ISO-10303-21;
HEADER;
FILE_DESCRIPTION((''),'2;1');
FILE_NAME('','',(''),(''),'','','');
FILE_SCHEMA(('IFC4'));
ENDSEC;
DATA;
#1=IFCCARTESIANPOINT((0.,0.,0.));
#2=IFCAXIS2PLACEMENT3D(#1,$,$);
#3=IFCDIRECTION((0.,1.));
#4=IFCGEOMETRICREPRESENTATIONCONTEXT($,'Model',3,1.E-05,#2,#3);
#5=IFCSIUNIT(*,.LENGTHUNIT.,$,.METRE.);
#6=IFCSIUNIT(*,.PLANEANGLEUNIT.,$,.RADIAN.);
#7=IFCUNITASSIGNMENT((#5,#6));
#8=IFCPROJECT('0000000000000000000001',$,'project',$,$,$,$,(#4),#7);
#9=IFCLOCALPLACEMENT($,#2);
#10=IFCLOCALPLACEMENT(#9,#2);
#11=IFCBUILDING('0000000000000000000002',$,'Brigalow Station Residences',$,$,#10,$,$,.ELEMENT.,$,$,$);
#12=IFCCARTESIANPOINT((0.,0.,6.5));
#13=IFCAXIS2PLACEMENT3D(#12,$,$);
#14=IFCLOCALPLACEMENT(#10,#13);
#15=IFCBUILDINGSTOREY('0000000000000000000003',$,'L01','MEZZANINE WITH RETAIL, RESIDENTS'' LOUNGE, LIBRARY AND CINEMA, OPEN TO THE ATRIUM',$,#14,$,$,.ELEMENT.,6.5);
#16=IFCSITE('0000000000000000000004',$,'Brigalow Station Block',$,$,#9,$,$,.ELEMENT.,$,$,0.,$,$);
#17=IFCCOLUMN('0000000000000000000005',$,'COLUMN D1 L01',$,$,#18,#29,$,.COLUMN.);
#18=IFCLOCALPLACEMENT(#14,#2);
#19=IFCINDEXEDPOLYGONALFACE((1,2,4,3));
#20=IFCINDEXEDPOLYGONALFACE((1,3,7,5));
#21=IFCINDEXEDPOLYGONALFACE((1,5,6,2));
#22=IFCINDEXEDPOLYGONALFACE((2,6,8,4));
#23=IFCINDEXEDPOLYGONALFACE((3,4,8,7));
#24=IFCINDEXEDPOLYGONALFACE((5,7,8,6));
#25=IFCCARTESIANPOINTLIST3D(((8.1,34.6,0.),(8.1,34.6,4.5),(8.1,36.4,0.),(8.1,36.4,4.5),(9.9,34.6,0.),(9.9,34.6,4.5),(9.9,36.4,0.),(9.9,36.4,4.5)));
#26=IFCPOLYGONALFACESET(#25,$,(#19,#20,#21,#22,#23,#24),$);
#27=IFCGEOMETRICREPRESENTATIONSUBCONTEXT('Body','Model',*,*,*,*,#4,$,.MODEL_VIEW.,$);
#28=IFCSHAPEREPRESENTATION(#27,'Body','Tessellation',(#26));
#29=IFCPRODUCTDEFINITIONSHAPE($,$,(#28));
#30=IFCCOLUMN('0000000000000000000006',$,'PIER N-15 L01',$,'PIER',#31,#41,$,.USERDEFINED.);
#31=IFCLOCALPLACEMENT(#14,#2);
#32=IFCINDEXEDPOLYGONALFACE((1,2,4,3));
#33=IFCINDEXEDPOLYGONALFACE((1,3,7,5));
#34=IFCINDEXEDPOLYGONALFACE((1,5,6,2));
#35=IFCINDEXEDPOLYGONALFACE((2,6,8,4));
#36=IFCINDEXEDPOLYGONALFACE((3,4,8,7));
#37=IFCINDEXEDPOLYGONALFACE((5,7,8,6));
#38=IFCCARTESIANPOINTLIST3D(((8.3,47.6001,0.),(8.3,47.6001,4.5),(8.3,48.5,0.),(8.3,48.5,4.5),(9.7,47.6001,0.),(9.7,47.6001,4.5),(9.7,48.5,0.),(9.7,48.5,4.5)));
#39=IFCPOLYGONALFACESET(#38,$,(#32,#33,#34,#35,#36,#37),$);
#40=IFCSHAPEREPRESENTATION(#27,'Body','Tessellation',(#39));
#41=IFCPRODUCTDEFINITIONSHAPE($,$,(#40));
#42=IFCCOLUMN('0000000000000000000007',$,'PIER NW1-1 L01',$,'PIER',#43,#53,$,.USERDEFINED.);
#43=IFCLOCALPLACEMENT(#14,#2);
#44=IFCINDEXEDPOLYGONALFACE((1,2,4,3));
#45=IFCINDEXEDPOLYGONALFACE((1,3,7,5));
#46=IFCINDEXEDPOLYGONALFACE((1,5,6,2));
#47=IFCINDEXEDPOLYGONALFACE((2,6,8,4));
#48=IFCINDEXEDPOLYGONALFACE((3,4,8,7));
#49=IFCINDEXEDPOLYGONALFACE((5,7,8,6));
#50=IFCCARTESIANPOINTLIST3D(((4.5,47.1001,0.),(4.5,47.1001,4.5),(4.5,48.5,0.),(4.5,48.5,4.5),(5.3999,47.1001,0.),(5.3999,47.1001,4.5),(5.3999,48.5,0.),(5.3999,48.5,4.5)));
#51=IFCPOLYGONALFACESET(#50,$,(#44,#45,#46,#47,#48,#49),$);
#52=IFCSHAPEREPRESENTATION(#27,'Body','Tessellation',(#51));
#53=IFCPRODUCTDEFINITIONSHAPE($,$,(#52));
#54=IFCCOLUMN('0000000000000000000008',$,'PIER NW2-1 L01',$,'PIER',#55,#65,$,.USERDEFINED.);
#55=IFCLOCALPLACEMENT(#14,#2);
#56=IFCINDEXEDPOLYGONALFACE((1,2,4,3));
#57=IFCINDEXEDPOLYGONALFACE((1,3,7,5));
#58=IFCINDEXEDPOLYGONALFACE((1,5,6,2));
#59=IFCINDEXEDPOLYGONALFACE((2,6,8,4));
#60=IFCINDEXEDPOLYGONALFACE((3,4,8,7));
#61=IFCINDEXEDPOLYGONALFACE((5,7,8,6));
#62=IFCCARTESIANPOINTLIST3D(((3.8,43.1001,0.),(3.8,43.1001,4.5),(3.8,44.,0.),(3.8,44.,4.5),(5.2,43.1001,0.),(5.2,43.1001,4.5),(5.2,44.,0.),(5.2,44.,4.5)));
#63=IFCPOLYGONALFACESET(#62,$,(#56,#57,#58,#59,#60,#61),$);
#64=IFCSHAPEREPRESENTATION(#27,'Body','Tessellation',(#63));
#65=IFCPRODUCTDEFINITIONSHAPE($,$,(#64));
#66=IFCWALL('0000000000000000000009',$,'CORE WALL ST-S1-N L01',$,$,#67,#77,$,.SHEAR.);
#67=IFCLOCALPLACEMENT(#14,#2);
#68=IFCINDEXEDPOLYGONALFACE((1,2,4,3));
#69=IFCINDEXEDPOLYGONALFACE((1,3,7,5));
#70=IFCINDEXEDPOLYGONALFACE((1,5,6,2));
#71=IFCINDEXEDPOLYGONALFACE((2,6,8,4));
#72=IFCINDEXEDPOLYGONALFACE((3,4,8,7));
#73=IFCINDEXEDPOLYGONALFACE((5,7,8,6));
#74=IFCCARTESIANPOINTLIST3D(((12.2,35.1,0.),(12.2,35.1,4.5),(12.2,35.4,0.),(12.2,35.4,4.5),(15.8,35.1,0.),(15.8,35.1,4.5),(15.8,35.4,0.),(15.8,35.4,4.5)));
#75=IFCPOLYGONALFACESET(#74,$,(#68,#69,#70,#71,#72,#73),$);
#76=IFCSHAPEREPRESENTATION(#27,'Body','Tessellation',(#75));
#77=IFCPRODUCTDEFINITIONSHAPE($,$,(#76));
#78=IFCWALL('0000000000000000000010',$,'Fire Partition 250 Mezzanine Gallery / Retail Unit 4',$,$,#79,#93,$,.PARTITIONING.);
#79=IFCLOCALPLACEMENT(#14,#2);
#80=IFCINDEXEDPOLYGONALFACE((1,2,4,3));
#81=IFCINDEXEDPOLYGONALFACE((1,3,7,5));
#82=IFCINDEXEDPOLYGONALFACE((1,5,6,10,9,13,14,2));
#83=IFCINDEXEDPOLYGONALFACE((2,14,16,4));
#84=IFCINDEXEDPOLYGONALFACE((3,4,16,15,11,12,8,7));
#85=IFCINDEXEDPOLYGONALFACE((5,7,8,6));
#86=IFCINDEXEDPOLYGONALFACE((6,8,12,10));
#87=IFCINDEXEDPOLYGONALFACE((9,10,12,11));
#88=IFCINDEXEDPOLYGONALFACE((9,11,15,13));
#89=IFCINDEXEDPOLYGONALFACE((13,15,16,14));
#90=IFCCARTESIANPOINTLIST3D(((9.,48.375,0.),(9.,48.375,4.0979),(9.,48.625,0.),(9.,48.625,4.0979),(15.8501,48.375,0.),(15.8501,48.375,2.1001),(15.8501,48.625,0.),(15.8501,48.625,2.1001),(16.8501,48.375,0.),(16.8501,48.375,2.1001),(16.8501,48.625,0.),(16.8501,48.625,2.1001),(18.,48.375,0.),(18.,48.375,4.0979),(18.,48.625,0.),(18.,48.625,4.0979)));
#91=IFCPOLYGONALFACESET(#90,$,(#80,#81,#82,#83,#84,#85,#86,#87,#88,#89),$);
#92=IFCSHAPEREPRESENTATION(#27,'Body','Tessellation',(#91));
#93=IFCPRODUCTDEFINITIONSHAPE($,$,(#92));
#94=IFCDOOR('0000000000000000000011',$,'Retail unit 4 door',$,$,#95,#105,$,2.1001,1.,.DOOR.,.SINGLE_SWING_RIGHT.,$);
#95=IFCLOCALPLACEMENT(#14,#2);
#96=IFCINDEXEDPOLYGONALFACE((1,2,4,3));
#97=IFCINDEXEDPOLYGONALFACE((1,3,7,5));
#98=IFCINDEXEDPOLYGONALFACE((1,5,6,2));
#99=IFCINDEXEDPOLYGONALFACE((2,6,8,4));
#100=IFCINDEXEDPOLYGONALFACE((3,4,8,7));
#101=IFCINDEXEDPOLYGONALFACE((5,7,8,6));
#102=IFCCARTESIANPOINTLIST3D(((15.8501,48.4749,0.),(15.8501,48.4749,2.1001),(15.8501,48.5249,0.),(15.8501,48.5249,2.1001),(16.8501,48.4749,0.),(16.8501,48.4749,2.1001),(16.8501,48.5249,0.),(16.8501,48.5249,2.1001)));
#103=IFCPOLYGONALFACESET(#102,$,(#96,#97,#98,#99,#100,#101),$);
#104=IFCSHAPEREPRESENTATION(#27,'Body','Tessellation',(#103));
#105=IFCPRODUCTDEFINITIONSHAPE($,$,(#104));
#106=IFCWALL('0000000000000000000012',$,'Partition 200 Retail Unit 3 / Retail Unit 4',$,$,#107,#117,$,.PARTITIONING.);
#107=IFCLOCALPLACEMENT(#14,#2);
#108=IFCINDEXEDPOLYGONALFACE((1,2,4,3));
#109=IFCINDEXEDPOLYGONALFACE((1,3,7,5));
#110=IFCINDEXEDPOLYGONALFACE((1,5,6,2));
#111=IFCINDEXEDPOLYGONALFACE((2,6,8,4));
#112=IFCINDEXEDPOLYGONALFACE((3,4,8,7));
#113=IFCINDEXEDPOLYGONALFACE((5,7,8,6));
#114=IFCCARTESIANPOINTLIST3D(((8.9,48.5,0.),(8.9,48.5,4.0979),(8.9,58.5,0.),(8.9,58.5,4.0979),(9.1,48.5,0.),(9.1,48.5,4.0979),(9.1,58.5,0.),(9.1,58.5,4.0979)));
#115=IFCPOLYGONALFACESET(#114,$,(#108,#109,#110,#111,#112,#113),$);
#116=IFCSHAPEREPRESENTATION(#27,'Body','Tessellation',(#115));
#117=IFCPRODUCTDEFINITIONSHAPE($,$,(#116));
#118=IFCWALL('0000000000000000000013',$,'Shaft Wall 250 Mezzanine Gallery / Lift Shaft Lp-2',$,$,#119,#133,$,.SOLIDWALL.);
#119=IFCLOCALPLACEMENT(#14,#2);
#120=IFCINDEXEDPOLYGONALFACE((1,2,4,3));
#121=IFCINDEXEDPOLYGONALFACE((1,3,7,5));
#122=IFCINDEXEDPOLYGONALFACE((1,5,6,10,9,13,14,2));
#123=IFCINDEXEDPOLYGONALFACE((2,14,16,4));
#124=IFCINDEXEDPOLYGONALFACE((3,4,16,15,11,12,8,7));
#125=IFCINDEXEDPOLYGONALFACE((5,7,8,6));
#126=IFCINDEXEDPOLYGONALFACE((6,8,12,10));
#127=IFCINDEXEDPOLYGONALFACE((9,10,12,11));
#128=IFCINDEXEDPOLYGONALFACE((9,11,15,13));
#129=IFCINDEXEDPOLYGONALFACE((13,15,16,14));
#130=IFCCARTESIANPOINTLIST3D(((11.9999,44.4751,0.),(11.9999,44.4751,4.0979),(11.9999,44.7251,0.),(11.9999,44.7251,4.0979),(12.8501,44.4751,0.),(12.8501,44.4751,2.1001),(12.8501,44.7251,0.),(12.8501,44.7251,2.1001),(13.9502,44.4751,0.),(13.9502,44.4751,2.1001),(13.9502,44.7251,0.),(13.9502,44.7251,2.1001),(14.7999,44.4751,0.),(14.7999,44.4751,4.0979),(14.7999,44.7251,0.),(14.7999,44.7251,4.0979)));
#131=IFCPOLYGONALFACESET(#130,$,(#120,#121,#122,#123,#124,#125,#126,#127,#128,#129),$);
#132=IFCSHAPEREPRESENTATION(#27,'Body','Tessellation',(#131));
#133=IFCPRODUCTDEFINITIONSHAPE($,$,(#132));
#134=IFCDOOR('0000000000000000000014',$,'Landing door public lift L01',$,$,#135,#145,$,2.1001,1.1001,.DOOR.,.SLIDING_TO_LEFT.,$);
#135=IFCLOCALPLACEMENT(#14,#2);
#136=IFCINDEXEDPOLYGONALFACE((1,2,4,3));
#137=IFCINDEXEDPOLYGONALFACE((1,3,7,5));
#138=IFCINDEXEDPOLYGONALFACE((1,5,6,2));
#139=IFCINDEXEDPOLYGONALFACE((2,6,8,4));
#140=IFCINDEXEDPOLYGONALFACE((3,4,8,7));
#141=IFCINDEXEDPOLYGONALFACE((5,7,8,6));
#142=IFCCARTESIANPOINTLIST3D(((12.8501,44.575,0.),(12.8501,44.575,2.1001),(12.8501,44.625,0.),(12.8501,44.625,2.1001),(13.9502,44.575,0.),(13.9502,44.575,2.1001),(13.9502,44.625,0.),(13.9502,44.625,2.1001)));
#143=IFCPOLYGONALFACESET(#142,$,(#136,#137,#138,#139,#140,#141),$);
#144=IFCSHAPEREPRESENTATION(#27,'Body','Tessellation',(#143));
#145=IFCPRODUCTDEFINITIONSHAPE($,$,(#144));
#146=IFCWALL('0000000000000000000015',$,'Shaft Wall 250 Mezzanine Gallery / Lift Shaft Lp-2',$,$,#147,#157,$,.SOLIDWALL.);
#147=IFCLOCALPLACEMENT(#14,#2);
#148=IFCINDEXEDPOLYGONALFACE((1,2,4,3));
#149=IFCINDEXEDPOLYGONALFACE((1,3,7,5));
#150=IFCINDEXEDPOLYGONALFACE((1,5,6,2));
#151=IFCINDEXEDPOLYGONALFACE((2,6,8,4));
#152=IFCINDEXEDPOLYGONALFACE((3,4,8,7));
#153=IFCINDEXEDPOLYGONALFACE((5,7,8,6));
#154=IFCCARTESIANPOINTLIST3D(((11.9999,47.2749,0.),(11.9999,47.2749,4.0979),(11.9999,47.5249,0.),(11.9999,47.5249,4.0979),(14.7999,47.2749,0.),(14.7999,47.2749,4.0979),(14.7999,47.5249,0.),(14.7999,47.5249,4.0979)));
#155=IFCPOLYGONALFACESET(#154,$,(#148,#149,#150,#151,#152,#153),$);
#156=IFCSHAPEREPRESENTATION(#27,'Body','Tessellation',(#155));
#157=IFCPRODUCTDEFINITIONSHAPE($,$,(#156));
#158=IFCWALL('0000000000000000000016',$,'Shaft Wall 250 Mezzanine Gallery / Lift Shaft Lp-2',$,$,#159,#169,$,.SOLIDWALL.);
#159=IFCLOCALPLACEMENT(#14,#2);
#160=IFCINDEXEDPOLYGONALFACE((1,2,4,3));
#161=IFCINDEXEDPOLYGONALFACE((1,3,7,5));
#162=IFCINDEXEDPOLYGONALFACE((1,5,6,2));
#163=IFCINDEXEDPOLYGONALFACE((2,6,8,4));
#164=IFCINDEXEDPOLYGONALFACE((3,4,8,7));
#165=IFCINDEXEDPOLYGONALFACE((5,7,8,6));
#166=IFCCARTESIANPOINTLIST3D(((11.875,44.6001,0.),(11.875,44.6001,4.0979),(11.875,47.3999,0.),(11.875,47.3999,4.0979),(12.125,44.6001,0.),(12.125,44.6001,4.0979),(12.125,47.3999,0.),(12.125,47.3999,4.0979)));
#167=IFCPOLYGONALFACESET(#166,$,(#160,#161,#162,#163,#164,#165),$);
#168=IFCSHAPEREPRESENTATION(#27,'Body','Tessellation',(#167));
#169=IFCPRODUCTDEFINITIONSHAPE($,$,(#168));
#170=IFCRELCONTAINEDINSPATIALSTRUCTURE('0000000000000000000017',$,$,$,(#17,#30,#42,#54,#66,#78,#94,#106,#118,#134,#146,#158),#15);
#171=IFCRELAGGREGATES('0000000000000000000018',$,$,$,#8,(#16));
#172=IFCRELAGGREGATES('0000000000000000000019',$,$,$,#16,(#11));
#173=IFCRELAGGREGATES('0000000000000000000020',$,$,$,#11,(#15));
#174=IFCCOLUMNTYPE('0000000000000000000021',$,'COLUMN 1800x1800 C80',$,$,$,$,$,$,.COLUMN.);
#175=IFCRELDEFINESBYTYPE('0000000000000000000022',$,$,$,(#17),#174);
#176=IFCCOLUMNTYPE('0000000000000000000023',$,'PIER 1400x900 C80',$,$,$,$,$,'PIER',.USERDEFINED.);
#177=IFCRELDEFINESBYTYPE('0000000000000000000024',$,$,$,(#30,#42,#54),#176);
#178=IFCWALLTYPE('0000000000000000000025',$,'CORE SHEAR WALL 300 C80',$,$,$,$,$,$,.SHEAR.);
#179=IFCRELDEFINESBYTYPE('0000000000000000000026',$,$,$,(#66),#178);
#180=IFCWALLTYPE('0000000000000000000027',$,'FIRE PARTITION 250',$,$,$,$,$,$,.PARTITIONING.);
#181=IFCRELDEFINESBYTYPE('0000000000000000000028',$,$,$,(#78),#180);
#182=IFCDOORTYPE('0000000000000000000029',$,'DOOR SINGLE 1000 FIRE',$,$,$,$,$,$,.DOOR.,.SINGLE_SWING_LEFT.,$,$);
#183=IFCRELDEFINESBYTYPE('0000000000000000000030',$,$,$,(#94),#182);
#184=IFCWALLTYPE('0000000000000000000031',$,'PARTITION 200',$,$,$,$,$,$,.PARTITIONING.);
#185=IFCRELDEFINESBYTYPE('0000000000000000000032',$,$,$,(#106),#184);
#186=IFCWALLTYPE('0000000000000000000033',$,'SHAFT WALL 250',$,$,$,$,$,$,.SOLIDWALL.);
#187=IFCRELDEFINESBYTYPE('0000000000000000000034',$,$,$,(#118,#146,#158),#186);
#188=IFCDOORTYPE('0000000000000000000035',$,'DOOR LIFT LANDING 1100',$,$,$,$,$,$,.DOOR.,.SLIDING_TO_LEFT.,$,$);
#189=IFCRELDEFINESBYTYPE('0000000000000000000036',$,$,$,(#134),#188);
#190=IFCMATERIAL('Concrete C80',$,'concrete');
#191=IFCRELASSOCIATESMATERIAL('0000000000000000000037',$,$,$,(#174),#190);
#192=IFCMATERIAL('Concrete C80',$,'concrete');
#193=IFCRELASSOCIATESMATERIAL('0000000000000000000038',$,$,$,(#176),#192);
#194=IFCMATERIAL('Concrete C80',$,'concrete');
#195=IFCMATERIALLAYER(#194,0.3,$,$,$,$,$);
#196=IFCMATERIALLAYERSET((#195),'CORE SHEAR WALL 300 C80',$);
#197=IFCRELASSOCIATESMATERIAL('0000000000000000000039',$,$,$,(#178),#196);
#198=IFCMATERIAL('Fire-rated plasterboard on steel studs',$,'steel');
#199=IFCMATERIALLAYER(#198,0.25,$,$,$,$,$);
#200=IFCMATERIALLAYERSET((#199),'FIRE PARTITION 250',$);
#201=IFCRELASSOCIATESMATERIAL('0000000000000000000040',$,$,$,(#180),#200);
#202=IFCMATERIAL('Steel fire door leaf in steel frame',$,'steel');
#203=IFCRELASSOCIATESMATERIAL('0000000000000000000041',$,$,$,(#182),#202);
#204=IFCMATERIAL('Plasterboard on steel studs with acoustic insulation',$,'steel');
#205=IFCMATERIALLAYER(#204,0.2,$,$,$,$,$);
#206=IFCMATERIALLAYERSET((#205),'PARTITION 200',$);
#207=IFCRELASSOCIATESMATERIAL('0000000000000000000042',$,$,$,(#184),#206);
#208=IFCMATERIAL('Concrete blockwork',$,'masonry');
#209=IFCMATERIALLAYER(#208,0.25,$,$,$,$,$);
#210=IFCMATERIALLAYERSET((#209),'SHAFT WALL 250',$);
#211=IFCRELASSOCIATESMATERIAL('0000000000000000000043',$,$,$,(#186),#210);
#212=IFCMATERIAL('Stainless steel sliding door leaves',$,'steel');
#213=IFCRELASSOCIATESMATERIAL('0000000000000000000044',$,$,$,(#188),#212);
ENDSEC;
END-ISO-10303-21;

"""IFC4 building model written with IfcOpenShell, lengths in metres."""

from ifc_helpers import new_model, si_unit, direction, frame, frame_2d, origin, origin_2d, place, context, subcontext, project, spatial, rectangle, extrude, material, layer, layer_set, material_profile, profile_set, type_object, element, fill, save


model = new_model("IFC4")

# Units and contexts
model_context = context("Model", 3, precision=1e-05, world=origin(), true_north=direction((0.0, 1.0)))
body_context = subcontext(model_context, "Body", "Model", "MODEL_VIEW")
ifc_project = project(units=[si_unit("LENGTHUNIT", "METRE"), si_unit("PLANEANGLEUNIT", "RADIAN")], contexts=[model_context])

# Site, building, storey
site_placement = place(None, origin())
site = spatial("IfcSite", under=ifc_project, at=site_placement, Name="Brigalow Station Block", CompositionType="ELEMENT", RefElevation=0.0)
building_placement = place(site_placement, origin())
building = spatial("IfcBuilding", under=site, at=building_placement, Name="Brigalow Station Residences", CompositionType="ELEMENT")
storey_placement = place(building_placement, frame((0.0, 0.0, 6.5)))
storey = spatial("IfcBuildingStorey", under=building, at=storey_placement, Name="L01", Description="MEZZANINE WITH RETAIL, RESIDENTS' LOUNGE, LIBRARY AND CINEMA, OPEN TO THE ATRIUM", CompositionType="ELEMENT", Elevation=6.5)

# Columns
ifc_material_1 = material(Name="Concrete C80", Category="concrete")
ifc_material_profile_1 = material_profile(ifc_material_1, rectangle(XDim=1.8, YDim=1.8, at=origin_2d()), Name="RC1800x1800")
ifc_profile_set_1 = profile_set([ifc_material_profile_1], Name="Concrete C80")
column_type_1 = type_object("IfcColumnType", Name="COLUMN 1800x1800 C80", PredefinedType="COLUMN", material=ifc_profile_set_1)
column_placement = place(storey_placement, frame((9.0, 35.5, 0.0), z_axis=(0.0, 0.0, 1.0), x_axis=(1.0, 0.0, 0.0)))
element("IfcColumn", 1, at=column_placement, inside=storey, type_object=column_type_1, Name="COLUMN D1 L01", PredefinedType="COLUMN", context=body_context, shape_type="SweptSolid", body=[
    extrude(rectangle(XDim=1.8, YDim=1.8, at=origin_2d()), origin(), (0.0, 0.0, 1.0), 4.5),
])
ifc_material_2 = material(Name="Concrete C80", Category="concrete")
ifc_material_profile_2 = material_profile(ifc_material_2, rectangle(XDim=1.3999, YDim=0.8999, at=origin_2d()), Name="RC1400x900")
ifc_profile_set_2 = profile_set([ifc_material_profile_2], Name="Concrete C80")
column_type_2 = type_object("IfcColumnType", Name="PIER 1400x900 C80", ElementType="PIER", PredefinedType="USERDEFINED", material=ifc_profile_set_2)
for number, where, z_axis, x_axis, name in (
    (2, (9.0, 48.05, 0.0), (0.0, 0.0, 1.0), (-1.0, 0.0, 0.0), "PIER N-15 L01"),
    (3, (4.95, 47.8, 0.0), (0.0, 0.0, 1.0), (0.0, -1.0, 0.0), "PIER NW1-1 L01"),
    (4, (4.5, 43.55, 0.0), (0.0, 0.0, 1.0), (-1.0, 0.0, 0.0), "PIER NW2-1 L01"),
):
    element("IfcColumn", number, at=place(storey_placement, frame(where, z_axis=z_axis, x_axis=x_axis)), inside=storey, type_object=column_type_2, Name=name, ObjectType="PIER", PredefinedType="USERDEFINED", context=body_context, shape_type="SweptSolid", body=[
        extrude(rectangle(XDim=1.3999, YDim=0.8999, at=origin_2d()), origin(), (0.0, 0.0, 1.0), 4.5),
    ])

# Wall
ifc_material_3 = material(Name="Concrete C80", Category="concrete")
ifc_layer_1 = layer(ifc_material_3, 0.3)
ifc_layer_set_1 = layer_set([ifc_layer_1], Name="CORE SHEAR WALL 300 C80")
wall_type_1 = type_object("IfcWallType", Name="CORE SHEAR WALL 300 C80", PredefinedType="SHEAR", material=ifc_layer_set_1)
wall_1_placement = place(storey_placement, frame((12.2, 35.25, 0.0), z_axis=(0.0, 0.0, 1.0), x_axis=(1.0, 0.0, 0.0)))
element("IfcWall", 5, at=wall_1_placement, inside=storey, type_object=wall_type_1, Name="CORE WALL ST-S1-N L01", PredefinedType="SHEAR", context=body_context, shape_type="SweptSolid", body=[
    extrude(rectangle(XDim=3.6001, YDim=0.3, at=frame_2d((1.8, 0.0))), origin(), (0.0, 0.0, 1.0), 4.5),
])

# Wall, opening, door
ifc_material_4 = material(Name="Fire-rated plasterboard on steel studs", Category="steel")
ifc_layer_2 = layer(ifc_material_4, 0.25)
ifc_layer_set_2 = layer_set([ifc_layer_2], Name="FIRE PARTITION 250")
wall_type_2 = type_object("IfcWallType", Name="FIRE PARTITION 250", PredefinedType="PARTITIONING", material=ifc_layer_set_2)
wall_2_placement = place(storey_placement, frame((9.0, 48.5, 0.0), z_axis=(0.0, 0.0, 1.0), x_axis=(1.0, 0.0, 0.0)))
wall_2 = element("IfcWall", 6, at=wall_2_placement, inside=storey, type_object=wall_type_2, Name="Fire Partition 250 Mezzanine Gallery / Retail Unit 4", PredefinedType="PARTITIONING", context=body_context, shape_type="SweptSolid", body=[
    extrude(rectangle(XDim=9.0, YDim=0.25, at=frame_2d((4.5, 0.0))), origin(), (0.0, 0.0, 1.0), 4.0979),
])
opening_1_placement = place(wall_2_placement, frame((6.8501, 0.0, 0.0)))
opening_1 = element("IfcOpeningElement", 7, at=opening_1_placement, cuts=wall_2, PredefinedType="OPENING", context=body_context, shape_type="SweptSolid", body=[
    extrude(rectangle(XDim=1.0, YDim=2.1001, at=frame_2d((0.5, 1.05))), frame((0.0, 0.135, 0.0), z_axis=(0.0, -1.0, 0.0), x_axis=(1.0, 0.0, 0.0)), (0.0, 0.0, 1.0), 0.27),
])
ifc_material_5 = material(Name="Steel fire door leaf in steel frame", Category="steel")
door_type_1 = type_object("IfcDoorType", Name="DOOR SINGLE 1000 FIRE", OperationType="SINGLE_SWING_LEFT", PredefinedType="DOOR", material=ifc_material_5)
door_1_placement = place(opening_1_placement, origin())
door_1 = element("IfcDoor", 8, at=door_1_placement, inside=storey, type_object=door_type_1, Name="Retail unit 4 door", OperationType="SINGLE_SWING_RIGHT", OverallHeight=2.1001, OverallWidth=1.0, PredefinedType="DOOR", context=body_context, shape_type="SweptSolid", body=[
    extrude(rectangle(XDim=1.0, YDim=2.1001, at=frame_2d((0.5, 1.05))), frame((0.0, 0.0249, 0.0), z_axis=(0.0, -1.0, 0.0), x_axis=(1.0, 0.0, 0.0)), (0.0, 0.0, 1.0), 0.05),
])
fill(opening_1, door_1)

# Wall
ifc_material_6 = material(Name="Plasterboard on steel studs with acoustic insulation", Category="steel")
ifc_layer_3 = layer(ifc_material_6, 0.2)
ifc_layer_set_3 = layer_set([ifc_layer_3], Name="PARTITION 200")
wall_type_3 = type_object("IfcWallType", Name="PARTITION 200", PredefinedType="PARTITIONING", material=ifc_layer_set_3)
wall_3_placement = place(storey_placement, frame((9.0, 48.5, 0.0), z_axis=(0.0, 0.0, 1.0), x_axis=(0.0, 1.0, 0.0)))
element("IfcWall", 9, at=wall_3_placement, inside=storey, type_object=wall_type_3, Name="Partition 200 Retail Unit 3 / Retail Unit 4", PredefinedType="PARTITIONING", context=body_context, shape_type="SweptSolid", body=[
    extrude(rectangle(XDim=10.0, YDim=0.2, at=frame_2d((5.0, 0.0))), origin(), (0.0, 0.0, 1.0), 4.0979),
])

# Wall, opening, door
ifc_material_7 = material(Name="Concrete blockwork", Category="masonry")
ifc_layer_4 = layer(ifc_material_7, 0.25)
ifc_layer_set_4 = layer_set([ifc_layer_4], Name="SHAFT WALL 250")
wall_type_4 = type_object("IfcWallType", Name="SHAFT WALL 250", PredefinedType="SOLIDWALL", material=ifc_layer_set_4)
wall_4_placement = place(storey_placement, frame((12.0, 44.6001, 0.0), z_axis=(0.0, 0.0, 1.0), x_axis=(1.0, 0.0, 0.0)))
wall_4 = element("IfcWall", 10, at=wall_4_placement, inside=storey, type_object=wall_type_4, Name="Shaft Wall 250 Mezzanine Gallery / Lift Shaft Lp-2", PredefinedType="SOLIDWALL", context=body_context, shape_type="SweptSolid", body=[
    extrude(rectangle(XDim=2.8, YDim=0.25, at=frame_2d((1.3999, 0.0))), origin(), (0.0, 0.0, 1.0), 4.0979),
])
opening_2_placement = place(wall_4_placement, frame((0.8501, 0.0, 0.0)))
opening_2 = element("IfcOpeningElement", 11, at=opening_2_placement, cuts=wall_4, PredefinedType="OPENING", context=body_context, shape_type="SweptSolid", body=[
    extrude(rectangle(XDim=1.1001, YDim=2.1001, at=frame_2d((0.55, 1.05))), frame((0.0, 0.135, 0.0), z_axis=(0.0, -1.0, 0.0), x_axis=(1.0, 0.0, 0.0)), (0.0, 0.0, 1.0), 0.27),
])
ifc_material_8 = material(Name="Stainless steel sliding door leaves", Category="steel")
door_type_2 = type_object("IfcDoorType", Name="DOOR LIFT LANDING 1100", OperationType="SLIDING_TO_LEFT", PredefinedType="DOOR", material=ifc_material_8)
door_2_placement = place(opening_2_placement, origin())
door_2 = element("IfcDoor", 12, at=door_2_placement, inside=storey, type_object=door_type_2, Name="Landing door public lift L01", OperationType="SLIDING_TO_LEFT", OverallHeight=2.1001, OverallWidth=1.1001, PredefinedType="DOOR", context=body_context, shape_type="SweptSolid", body=[
    extrude(rectangle(XDim=1.1001, YDim=2.1001, at=frame_2d((0.55, 1.05))), frame((0.0, 0.0249, 0.0), z_axis=(0.0, -1.0, 0.0), x_axis=(1.0, 0.0, 0.0)), (0.0, 0.0, 1.0), 0.05),
])
fill(opening_2, door_2)

# Walls
wall_5_placement = place(storey_placement, frame((12.0, 47.3999, 0.0), z_axis=(0.0, 0.0, 1.0), x_axis=(1.0, 0.0, 0.0)))
element("IfcWall", 13, at=wall_5_placement, inside=storey, type_object=wall_type_4, Name="Shaft Wall 250 Mezzanine Gallery / Lift Shaft Lp-2", PredefinedType="SOLIDWALL", context=body_context, shape_type="SweptSolid", body=[
    extrude(rectangle(XDim=2.8, YDim=0.25, at=frame_2d((1.3999, 0.0))), origin(), (0.0, 0.0, 1.0), 4.0979),
])
wall_6_placement = place(storey_placement, frame((12.0, 44.6001, 0.0), z_axis=(0.0, 0.0, 1.0), x_axis=(0.0, 1.0, 0.0)))
element("IfcWall", 14, at=wall_6_placement, inside=storey, type_object=wall_type_4, Name="Shaft Wall 250 Mezzanine Gallery / Lift Shaft Lp-2", PredefinedType="SOLIDWALL", context=body_context, shape_type="SweptSolid", body=[
    extrude(rectangle(XDim=2.7998, YDim=0.25, at=frame_2d((1.3999, 0.0))), origin(), (0.0, 0.0, 1.0), 4.0979),
])

save(model, "model.ifc")
